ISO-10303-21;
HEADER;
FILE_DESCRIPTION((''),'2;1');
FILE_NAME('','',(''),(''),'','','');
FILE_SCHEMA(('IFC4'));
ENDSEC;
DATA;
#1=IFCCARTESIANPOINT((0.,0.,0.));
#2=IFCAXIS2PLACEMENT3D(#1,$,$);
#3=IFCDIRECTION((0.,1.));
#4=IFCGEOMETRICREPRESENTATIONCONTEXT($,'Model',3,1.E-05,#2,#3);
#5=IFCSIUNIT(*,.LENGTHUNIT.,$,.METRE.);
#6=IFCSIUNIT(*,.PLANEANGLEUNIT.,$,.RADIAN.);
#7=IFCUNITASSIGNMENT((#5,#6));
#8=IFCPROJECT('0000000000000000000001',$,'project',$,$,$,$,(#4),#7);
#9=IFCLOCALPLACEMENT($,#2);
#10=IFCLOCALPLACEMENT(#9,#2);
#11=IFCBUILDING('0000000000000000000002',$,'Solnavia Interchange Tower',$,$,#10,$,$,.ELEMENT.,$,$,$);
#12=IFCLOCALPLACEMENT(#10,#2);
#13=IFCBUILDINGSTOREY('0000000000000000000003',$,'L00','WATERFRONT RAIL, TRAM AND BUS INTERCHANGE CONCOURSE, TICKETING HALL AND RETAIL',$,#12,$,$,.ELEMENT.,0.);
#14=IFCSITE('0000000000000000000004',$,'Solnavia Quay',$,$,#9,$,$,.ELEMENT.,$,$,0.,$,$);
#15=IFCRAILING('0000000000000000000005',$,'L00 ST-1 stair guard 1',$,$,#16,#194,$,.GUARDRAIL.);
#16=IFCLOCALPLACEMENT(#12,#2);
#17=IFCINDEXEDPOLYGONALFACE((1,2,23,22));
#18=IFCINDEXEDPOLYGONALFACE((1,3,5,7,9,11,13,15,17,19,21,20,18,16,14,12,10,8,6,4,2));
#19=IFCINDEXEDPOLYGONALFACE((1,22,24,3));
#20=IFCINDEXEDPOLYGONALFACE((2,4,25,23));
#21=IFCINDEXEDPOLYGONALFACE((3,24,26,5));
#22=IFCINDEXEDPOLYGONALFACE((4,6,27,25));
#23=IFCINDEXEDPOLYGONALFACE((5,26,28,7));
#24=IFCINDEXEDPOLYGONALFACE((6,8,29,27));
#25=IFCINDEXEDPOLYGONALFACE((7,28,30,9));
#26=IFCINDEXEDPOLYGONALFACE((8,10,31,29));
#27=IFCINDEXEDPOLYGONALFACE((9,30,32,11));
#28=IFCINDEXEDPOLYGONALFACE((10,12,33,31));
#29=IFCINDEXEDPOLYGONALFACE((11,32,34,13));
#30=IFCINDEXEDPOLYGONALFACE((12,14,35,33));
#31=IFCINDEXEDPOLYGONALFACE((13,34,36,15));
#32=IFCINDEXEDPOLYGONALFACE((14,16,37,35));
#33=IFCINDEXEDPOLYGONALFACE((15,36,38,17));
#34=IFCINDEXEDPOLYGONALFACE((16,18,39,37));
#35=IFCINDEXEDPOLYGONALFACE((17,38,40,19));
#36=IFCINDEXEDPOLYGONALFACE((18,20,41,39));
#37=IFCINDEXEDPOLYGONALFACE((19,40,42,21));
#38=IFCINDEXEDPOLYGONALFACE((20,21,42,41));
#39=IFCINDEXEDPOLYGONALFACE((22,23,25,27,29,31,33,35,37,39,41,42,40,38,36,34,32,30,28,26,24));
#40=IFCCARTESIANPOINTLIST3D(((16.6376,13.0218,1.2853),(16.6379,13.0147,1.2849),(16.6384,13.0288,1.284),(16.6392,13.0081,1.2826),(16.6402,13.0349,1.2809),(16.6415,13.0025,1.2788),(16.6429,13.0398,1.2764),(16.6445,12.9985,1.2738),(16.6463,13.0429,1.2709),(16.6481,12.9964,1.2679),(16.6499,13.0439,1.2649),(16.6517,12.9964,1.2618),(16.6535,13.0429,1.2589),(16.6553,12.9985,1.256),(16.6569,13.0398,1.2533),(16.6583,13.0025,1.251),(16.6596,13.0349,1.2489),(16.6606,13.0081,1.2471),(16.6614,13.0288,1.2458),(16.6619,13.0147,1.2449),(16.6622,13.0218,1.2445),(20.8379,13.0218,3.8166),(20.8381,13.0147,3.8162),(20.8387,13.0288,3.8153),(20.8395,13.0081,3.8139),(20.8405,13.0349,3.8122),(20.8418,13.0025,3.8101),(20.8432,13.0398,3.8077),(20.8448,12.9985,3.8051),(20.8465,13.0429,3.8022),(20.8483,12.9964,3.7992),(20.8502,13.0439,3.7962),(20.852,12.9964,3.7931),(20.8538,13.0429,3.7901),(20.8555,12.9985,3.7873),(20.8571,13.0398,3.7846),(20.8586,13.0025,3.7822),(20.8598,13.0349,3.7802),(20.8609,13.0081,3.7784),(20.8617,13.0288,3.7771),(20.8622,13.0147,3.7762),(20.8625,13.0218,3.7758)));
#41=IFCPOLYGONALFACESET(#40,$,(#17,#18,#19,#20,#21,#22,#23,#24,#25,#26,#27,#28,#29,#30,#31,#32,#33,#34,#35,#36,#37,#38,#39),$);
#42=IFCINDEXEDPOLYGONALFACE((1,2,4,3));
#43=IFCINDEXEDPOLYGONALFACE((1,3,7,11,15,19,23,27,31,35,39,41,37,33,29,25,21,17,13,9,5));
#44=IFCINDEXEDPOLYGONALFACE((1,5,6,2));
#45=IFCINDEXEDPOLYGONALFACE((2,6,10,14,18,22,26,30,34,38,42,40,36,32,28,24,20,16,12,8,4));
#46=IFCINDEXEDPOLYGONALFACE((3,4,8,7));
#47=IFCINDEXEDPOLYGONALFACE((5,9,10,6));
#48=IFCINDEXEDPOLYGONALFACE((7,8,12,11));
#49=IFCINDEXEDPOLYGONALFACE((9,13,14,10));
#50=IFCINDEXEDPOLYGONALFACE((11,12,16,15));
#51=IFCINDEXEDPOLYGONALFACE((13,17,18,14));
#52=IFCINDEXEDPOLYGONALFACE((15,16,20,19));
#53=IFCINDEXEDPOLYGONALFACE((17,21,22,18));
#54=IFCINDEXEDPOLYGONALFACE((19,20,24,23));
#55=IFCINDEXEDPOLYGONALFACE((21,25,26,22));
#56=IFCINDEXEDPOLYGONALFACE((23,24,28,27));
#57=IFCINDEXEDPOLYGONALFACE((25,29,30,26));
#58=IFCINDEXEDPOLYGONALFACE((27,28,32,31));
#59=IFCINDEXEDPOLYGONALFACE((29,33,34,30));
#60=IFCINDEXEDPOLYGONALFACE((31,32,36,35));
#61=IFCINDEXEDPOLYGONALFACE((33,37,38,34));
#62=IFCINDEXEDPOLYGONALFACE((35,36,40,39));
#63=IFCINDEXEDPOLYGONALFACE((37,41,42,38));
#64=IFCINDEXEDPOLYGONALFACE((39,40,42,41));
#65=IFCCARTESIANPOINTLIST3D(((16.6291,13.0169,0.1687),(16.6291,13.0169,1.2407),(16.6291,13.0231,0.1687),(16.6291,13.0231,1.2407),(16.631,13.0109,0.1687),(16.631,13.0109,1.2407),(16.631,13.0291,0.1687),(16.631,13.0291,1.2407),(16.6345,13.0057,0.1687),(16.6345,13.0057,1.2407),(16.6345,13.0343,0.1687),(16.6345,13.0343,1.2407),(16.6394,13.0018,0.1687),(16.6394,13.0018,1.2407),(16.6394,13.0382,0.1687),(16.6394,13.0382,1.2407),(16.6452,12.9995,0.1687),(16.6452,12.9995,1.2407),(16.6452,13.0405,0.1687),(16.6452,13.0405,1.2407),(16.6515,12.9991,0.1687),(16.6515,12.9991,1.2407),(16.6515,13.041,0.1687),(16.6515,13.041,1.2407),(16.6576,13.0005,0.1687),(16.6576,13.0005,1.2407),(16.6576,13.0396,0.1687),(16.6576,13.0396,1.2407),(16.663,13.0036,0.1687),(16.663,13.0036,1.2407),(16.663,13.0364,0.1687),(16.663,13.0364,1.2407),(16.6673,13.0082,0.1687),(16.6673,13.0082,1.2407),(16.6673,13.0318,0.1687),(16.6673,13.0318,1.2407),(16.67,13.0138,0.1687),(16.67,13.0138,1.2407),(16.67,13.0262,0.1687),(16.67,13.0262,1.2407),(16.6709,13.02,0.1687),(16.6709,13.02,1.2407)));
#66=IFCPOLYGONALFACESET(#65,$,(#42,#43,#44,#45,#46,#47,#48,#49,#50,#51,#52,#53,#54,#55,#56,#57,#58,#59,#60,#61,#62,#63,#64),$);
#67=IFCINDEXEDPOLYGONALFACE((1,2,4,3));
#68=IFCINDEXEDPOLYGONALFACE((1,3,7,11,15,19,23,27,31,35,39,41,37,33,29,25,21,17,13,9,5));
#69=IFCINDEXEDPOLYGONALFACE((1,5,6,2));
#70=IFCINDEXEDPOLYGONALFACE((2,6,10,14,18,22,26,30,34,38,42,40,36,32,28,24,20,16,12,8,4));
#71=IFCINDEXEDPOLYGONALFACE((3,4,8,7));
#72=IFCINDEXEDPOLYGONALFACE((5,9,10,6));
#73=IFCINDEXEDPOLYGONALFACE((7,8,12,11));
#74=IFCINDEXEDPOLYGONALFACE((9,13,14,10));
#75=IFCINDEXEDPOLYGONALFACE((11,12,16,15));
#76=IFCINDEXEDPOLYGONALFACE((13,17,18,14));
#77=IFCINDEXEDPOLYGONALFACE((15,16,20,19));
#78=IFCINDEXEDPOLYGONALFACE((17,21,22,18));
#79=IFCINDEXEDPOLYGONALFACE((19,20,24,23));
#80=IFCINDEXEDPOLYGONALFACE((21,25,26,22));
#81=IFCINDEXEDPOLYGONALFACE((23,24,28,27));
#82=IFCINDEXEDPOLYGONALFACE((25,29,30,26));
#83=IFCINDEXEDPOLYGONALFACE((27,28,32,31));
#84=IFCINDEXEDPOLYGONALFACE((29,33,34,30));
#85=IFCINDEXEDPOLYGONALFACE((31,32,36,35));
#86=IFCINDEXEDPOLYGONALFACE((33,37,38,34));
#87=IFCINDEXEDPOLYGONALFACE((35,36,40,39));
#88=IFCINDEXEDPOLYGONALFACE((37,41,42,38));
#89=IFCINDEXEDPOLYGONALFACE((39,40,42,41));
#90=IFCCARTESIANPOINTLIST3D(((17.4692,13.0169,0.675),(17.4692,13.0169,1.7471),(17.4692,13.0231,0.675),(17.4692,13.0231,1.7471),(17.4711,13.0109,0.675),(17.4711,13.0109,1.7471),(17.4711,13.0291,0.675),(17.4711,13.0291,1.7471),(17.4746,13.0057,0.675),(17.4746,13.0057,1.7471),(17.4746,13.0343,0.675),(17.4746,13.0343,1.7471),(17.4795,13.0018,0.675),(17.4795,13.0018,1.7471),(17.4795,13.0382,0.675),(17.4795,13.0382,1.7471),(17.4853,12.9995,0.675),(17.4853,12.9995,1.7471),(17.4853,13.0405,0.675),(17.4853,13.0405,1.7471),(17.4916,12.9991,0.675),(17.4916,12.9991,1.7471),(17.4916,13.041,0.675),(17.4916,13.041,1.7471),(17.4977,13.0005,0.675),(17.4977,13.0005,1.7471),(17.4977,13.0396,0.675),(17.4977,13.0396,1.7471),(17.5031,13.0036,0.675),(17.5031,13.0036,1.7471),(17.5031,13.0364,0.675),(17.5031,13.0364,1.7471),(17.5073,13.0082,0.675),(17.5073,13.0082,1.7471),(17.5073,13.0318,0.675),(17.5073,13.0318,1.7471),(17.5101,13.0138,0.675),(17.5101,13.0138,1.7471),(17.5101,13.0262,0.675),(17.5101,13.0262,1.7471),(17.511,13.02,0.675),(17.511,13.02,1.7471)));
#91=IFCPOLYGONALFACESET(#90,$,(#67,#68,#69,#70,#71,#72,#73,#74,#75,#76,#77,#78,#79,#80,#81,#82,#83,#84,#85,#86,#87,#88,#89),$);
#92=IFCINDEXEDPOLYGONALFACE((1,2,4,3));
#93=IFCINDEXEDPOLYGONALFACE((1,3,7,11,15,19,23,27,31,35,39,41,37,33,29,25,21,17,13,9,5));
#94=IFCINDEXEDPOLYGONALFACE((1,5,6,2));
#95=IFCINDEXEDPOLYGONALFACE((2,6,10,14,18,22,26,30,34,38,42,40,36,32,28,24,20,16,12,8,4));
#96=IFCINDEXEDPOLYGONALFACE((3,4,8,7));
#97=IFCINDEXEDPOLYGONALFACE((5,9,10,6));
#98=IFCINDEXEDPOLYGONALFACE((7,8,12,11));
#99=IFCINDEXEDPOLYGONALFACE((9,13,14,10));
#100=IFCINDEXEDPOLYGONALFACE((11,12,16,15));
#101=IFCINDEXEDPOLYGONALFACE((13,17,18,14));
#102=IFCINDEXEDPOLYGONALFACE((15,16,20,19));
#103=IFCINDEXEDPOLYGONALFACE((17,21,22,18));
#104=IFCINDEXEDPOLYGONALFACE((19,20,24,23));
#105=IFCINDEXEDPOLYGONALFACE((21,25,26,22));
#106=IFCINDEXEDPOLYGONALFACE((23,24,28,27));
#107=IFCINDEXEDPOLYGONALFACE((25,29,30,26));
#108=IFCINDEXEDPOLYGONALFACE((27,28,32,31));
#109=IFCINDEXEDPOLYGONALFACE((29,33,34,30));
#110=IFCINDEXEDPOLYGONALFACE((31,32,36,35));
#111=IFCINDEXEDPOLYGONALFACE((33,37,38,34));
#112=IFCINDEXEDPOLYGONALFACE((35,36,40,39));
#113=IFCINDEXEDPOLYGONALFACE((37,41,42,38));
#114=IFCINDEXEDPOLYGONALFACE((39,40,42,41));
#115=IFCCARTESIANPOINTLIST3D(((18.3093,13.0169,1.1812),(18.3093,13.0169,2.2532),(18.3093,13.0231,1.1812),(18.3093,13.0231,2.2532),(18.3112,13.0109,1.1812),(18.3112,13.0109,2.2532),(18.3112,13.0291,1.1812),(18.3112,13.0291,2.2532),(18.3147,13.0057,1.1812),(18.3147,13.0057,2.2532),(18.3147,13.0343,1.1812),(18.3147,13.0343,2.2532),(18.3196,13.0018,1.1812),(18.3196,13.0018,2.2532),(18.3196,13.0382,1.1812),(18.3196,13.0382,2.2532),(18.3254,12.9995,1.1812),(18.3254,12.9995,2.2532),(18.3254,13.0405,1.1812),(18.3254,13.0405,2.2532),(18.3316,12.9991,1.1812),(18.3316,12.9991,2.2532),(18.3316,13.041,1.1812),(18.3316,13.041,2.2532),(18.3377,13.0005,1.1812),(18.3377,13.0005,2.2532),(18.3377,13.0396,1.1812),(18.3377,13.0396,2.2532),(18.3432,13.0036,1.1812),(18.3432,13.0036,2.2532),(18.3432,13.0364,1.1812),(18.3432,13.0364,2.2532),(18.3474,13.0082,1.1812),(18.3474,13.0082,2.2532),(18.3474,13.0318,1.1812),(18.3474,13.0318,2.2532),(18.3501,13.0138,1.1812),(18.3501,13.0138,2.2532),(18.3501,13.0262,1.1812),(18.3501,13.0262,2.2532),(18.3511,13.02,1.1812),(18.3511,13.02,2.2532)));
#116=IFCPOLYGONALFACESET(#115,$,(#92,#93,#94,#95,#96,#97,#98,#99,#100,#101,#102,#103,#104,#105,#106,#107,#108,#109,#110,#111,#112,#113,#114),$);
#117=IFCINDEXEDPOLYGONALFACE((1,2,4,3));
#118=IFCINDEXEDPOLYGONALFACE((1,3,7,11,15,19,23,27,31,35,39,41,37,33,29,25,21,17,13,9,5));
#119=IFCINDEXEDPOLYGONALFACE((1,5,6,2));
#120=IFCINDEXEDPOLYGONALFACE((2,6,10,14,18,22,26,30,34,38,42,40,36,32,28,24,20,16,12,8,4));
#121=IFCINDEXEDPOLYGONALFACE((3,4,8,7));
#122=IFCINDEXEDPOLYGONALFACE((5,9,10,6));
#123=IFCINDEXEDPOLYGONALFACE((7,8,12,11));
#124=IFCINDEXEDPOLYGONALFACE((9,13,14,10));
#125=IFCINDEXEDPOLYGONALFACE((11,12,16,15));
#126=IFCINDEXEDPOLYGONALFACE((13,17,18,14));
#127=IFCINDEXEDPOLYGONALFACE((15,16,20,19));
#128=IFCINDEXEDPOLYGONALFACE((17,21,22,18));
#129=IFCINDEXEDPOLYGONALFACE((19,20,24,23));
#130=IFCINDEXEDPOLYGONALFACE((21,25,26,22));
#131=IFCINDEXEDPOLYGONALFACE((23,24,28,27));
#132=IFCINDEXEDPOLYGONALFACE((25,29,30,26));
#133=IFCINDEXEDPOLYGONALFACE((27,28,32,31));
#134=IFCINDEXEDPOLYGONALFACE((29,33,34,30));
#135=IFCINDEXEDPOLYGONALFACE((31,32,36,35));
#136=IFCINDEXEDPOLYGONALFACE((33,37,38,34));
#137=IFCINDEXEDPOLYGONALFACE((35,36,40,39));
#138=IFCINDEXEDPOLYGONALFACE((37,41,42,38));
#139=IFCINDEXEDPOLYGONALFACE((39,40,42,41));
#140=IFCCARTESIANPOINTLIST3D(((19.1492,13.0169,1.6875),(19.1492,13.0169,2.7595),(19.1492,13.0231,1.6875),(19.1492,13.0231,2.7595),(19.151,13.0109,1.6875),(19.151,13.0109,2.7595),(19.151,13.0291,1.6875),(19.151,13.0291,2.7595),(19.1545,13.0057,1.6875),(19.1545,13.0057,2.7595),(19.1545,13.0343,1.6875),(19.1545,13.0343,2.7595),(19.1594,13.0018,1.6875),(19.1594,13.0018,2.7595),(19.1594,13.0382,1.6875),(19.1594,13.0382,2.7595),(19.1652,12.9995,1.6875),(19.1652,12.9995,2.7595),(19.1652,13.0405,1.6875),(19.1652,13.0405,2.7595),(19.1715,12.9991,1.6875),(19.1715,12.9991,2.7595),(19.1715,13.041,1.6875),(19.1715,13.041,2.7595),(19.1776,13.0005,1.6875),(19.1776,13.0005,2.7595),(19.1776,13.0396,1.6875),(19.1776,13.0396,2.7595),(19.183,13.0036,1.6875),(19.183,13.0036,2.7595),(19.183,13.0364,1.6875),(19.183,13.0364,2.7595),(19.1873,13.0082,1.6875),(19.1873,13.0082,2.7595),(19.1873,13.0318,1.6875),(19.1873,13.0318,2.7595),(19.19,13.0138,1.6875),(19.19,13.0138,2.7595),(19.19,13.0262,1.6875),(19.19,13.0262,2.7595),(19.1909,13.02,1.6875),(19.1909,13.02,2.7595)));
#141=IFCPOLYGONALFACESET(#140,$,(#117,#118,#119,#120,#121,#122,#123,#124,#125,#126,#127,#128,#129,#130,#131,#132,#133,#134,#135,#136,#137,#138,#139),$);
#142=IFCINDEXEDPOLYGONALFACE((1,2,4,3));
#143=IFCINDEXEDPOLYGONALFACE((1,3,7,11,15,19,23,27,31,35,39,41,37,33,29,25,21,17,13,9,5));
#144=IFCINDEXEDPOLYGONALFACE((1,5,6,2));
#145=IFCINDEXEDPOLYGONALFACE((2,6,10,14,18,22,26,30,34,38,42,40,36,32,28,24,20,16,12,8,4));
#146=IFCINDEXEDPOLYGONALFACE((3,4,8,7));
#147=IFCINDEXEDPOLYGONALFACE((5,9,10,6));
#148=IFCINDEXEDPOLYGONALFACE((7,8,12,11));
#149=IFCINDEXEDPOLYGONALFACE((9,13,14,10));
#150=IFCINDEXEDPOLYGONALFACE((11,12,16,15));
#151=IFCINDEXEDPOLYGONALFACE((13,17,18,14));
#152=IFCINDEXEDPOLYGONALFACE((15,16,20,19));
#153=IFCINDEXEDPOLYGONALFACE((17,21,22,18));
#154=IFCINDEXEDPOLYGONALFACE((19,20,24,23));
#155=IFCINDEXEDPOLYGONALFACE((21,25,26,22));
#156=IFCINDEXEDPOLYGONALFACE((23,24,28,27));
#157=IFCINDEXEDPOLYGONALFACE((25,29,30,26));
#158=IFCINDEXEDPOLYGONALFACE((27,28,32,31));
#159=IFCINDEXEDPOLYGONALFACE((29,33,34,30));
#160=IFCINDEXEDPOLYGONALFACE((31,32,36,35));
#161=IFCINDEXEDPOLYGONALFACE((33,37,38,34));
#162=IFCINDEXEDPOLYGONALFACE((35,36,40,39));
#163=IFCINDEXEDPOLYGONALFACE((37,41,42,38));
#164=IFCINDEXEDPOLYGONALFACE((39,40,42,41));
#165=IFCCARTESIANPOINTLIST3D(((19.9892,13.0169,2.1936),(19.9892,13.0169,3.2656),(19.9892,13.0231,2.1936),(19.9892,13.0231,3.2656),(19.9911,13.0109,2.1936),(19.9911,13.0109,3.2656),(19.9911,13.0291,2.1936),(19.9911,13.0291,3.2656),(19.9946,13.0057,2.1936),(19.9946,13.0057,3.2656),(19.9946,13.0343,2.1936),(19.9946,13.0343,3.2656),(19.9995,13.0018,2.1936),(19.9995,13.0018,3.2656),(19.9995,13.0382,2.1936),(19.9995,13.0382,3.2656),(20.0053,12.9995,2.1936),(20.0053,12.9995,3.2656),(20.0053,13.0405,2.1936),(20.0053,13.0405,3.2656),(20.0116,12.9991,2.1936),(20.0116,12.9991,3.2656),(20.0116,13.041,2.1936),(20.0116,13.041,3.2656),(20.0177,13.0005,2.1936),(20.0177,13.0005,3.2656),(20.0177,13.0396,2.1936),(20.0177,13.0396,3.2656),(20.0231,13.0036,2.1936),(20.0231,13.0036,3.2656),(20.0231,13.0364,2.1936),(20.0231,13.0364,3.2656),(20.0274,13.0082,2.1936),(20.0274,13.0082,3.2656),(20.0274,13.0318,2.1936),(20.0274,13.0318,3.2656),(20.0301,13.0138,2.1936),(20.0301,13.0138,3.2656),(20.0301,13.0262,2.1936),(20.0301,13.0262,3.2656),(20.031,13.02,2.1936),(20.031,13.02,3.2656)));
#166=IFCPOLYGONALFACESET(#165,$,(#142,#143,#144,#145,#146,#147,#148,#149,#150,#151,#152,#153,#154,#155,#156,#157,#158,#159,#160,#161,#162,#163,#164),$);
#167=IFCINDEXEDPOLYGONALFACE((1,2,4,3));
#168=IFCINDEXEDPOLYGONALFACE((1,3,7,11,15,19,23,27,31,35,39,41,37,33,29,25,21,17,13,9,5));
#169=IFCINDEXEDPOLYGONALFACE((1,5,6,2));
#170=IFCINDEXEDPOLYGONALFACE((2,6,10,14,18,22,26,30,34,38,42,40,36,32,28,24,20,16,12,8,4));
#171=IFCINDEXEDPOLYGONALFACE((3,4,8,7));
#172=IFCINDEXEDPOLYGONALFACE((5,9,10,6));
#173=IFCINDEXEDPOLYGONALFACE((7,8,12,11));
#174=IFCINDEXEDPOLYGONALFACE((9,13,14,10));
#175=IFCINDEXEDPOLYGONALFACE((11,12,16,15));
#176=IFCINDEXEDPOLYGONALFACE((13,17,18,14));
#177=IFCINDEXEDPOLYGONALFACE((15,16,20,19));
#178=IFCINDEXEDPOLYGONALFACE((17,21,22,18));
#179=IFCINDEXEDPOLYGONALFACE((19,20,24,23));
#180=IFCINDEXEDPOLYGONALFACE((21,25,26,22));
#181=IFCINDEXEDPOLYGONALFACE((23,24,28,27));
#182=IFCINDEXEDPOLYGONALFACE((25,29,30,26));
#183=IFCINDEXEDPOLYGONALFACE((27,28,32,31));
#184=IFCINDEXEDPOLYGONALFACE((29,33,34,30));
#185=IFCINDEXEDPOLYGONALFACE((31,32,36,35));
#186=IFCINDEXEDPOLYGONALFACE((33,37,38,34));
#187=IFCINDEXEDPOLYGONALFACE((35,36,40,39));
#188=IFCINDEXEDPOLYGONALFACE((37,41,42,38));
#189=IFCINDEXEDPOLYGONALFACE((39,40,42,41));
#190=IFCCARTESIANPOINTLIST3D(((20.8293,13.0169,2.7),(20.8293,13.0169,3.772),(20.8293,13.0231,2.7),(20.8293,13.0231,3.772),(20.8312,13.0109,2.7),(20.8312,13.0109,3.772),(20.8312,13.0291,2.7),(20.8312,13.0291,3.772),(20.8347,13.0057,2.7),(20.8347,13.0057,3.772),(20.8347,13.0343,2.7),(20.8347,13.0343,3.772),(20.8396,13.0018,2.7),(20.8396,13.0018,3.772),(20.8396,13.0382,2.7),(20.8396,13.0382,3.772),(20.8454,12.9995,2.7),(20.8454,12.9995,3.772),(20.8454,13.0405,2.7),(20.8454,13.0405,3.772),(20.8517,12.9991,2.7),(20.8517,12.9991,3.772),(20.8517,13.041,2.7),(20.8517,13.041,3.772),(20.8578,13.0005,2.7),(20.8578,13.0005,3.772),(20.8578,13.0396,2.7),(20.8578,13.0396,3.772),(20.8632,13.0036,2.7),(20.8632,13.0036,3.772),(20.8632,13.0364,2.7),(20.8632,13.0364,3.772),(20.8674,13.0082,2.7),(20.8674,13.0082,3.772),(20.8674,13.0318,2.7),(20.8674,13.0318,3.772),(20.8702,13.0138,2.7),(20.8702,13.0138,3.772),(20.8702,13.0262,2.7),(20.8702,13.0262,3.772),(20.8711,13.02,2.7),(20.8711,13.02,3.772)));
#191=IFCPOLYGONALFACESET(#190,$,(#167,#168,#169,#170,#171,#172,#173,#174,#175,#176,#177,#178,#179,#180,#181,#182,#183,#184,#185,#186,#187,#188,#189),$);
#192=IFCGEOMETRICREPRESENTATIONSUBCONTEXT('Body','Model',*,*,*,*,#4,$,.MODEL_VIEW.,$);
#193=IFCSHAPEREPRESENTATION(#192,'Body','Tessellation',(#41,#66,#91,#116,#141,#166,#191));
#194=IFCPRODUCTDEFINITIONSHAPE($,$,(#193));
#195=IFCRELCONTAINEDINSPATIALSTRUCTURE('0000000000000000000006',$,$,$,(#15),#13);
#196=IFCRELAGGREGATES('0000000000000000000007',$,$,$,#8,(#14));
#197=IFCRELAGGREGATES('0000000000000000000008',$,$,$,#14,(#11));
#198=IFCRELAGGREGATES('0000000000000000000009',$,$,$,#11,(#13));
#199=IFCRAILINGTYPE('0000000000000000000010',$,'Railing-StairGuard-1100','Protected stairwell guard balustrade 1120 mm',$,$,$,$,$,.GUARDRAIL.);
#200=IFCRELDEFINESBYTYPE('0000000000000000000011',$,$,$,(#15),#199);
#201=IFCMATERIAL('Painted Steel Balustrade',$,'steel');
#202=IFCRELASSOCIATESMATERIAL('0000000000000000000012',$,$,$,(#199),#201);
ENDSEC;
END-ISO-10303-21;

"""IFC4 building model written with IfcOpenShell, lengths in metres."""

from ifc_helpers import new_model, si_unit, direction, frame, origin, origin_2d, place, context, subcontext, project, spatial, circle, extrude, material, type_object, element, save


model = new_model("IFC4")

# Units and contexts
model_context = context("Model", 3, precision=1e-05, world=origin(), true_north=direction((0.0, 1.0)))
body_context = subcontext(model_context, "Body", "Model", "MODEL_VIEW")
ifc_project = project(units=[si_unit("LENGTHUNIT", "METRE"), si_unit("PLANEANGLEUNIT", "RADIAN")], contexts=[model_context])

# Site, building, storey
site_placement = place(None, origin())
site = spatial("IfcSite", under=ifc_project, at=site_placement, Name="Solnavia Quay", CompositionType="ELEMENT", RefElevation=0.0)
building_placement = place(site_placement, origin())
building = spatial("IfcBuilding", under=site, at=building_placement, Name="Solnavia Interchange Tower", CompositionType="ELEMENT")
storey_placement = place(building_placement, origin())
storey = spatial("IfcBuildingStorey", under=building, at=storey_placement, Name="L00", Description="WATERFRONT RAIL, TRAM AND BUS INTERCHANGE CONCOURSE, TICKETING HALL AND RETAIL", CompositionType="ELEMENT", Elevation=0.0)

# Railing
ifc_material_1 = material(Name="Painted Steel Balustrade", Category="steel")
railing_type_1 = type_object("IfcRailingType", Name="Railing-StairGuard-1100", Description="Protected stairwell guard balustrade 1120 mm", PredefinedType="GUARDRAIL", material=ifc_material_1)
railing_1_placement = place(storey_placement, frame((16.6499, 13.02, 0.1687)))
element("IfcRailing", 1, at=railing_1_placement, inside=storey, type_object=railing_type_1, Name="L00 ST-1 stair guard 1", PredefinedType="GUARDRAIL", context=body_context, shape_type="SweptSolid", body=[
    extrude(circle(Radius=0.0239, at=origin_2d()), frame((0.0, 0.0, 1.0962), z_axis=(0.85649, 0.0, 0.516164), x_axis=(0.0, 1.0, 0.0)), (0.0, 0.0, 1.0), 4.9041),
    extrude(circle(Radius=0.021, at=origin_2d()), origin(), (0.0, 0.0, 1.0), 1.072),
    extrude(circle(Radius=0.021, at=origin_2d()), frame((0.8401, 0.0, 0.5063)), (0.0, 0.0, 1.0), 1.072),
    extrude(circle(Radius=0.021, at=origin_2d()), frame((1.6802, 0.0, 1.0125)), (0.0, 0.0, 1.0), 1.072),
    extrude(circle(Radius=0.021, at=origin_2d()), frame((2.52, 0.0, 1.5188)), (0.0, 0.0, 1.0), 1.072),
    extrude(circle(Radius=0.021, at=origin_2d()), frame((3.3601, 0.0, 2.0249)), (0.0, 0.0, 1.0), 1.072),
    extrude(circle(Radius=0.021, at=origin_2d()), frame((4.2002, 0.0, 2.5312)), (0.0, 0.0, 1.0), 1.072),
])

save(model, "model.ifc")
